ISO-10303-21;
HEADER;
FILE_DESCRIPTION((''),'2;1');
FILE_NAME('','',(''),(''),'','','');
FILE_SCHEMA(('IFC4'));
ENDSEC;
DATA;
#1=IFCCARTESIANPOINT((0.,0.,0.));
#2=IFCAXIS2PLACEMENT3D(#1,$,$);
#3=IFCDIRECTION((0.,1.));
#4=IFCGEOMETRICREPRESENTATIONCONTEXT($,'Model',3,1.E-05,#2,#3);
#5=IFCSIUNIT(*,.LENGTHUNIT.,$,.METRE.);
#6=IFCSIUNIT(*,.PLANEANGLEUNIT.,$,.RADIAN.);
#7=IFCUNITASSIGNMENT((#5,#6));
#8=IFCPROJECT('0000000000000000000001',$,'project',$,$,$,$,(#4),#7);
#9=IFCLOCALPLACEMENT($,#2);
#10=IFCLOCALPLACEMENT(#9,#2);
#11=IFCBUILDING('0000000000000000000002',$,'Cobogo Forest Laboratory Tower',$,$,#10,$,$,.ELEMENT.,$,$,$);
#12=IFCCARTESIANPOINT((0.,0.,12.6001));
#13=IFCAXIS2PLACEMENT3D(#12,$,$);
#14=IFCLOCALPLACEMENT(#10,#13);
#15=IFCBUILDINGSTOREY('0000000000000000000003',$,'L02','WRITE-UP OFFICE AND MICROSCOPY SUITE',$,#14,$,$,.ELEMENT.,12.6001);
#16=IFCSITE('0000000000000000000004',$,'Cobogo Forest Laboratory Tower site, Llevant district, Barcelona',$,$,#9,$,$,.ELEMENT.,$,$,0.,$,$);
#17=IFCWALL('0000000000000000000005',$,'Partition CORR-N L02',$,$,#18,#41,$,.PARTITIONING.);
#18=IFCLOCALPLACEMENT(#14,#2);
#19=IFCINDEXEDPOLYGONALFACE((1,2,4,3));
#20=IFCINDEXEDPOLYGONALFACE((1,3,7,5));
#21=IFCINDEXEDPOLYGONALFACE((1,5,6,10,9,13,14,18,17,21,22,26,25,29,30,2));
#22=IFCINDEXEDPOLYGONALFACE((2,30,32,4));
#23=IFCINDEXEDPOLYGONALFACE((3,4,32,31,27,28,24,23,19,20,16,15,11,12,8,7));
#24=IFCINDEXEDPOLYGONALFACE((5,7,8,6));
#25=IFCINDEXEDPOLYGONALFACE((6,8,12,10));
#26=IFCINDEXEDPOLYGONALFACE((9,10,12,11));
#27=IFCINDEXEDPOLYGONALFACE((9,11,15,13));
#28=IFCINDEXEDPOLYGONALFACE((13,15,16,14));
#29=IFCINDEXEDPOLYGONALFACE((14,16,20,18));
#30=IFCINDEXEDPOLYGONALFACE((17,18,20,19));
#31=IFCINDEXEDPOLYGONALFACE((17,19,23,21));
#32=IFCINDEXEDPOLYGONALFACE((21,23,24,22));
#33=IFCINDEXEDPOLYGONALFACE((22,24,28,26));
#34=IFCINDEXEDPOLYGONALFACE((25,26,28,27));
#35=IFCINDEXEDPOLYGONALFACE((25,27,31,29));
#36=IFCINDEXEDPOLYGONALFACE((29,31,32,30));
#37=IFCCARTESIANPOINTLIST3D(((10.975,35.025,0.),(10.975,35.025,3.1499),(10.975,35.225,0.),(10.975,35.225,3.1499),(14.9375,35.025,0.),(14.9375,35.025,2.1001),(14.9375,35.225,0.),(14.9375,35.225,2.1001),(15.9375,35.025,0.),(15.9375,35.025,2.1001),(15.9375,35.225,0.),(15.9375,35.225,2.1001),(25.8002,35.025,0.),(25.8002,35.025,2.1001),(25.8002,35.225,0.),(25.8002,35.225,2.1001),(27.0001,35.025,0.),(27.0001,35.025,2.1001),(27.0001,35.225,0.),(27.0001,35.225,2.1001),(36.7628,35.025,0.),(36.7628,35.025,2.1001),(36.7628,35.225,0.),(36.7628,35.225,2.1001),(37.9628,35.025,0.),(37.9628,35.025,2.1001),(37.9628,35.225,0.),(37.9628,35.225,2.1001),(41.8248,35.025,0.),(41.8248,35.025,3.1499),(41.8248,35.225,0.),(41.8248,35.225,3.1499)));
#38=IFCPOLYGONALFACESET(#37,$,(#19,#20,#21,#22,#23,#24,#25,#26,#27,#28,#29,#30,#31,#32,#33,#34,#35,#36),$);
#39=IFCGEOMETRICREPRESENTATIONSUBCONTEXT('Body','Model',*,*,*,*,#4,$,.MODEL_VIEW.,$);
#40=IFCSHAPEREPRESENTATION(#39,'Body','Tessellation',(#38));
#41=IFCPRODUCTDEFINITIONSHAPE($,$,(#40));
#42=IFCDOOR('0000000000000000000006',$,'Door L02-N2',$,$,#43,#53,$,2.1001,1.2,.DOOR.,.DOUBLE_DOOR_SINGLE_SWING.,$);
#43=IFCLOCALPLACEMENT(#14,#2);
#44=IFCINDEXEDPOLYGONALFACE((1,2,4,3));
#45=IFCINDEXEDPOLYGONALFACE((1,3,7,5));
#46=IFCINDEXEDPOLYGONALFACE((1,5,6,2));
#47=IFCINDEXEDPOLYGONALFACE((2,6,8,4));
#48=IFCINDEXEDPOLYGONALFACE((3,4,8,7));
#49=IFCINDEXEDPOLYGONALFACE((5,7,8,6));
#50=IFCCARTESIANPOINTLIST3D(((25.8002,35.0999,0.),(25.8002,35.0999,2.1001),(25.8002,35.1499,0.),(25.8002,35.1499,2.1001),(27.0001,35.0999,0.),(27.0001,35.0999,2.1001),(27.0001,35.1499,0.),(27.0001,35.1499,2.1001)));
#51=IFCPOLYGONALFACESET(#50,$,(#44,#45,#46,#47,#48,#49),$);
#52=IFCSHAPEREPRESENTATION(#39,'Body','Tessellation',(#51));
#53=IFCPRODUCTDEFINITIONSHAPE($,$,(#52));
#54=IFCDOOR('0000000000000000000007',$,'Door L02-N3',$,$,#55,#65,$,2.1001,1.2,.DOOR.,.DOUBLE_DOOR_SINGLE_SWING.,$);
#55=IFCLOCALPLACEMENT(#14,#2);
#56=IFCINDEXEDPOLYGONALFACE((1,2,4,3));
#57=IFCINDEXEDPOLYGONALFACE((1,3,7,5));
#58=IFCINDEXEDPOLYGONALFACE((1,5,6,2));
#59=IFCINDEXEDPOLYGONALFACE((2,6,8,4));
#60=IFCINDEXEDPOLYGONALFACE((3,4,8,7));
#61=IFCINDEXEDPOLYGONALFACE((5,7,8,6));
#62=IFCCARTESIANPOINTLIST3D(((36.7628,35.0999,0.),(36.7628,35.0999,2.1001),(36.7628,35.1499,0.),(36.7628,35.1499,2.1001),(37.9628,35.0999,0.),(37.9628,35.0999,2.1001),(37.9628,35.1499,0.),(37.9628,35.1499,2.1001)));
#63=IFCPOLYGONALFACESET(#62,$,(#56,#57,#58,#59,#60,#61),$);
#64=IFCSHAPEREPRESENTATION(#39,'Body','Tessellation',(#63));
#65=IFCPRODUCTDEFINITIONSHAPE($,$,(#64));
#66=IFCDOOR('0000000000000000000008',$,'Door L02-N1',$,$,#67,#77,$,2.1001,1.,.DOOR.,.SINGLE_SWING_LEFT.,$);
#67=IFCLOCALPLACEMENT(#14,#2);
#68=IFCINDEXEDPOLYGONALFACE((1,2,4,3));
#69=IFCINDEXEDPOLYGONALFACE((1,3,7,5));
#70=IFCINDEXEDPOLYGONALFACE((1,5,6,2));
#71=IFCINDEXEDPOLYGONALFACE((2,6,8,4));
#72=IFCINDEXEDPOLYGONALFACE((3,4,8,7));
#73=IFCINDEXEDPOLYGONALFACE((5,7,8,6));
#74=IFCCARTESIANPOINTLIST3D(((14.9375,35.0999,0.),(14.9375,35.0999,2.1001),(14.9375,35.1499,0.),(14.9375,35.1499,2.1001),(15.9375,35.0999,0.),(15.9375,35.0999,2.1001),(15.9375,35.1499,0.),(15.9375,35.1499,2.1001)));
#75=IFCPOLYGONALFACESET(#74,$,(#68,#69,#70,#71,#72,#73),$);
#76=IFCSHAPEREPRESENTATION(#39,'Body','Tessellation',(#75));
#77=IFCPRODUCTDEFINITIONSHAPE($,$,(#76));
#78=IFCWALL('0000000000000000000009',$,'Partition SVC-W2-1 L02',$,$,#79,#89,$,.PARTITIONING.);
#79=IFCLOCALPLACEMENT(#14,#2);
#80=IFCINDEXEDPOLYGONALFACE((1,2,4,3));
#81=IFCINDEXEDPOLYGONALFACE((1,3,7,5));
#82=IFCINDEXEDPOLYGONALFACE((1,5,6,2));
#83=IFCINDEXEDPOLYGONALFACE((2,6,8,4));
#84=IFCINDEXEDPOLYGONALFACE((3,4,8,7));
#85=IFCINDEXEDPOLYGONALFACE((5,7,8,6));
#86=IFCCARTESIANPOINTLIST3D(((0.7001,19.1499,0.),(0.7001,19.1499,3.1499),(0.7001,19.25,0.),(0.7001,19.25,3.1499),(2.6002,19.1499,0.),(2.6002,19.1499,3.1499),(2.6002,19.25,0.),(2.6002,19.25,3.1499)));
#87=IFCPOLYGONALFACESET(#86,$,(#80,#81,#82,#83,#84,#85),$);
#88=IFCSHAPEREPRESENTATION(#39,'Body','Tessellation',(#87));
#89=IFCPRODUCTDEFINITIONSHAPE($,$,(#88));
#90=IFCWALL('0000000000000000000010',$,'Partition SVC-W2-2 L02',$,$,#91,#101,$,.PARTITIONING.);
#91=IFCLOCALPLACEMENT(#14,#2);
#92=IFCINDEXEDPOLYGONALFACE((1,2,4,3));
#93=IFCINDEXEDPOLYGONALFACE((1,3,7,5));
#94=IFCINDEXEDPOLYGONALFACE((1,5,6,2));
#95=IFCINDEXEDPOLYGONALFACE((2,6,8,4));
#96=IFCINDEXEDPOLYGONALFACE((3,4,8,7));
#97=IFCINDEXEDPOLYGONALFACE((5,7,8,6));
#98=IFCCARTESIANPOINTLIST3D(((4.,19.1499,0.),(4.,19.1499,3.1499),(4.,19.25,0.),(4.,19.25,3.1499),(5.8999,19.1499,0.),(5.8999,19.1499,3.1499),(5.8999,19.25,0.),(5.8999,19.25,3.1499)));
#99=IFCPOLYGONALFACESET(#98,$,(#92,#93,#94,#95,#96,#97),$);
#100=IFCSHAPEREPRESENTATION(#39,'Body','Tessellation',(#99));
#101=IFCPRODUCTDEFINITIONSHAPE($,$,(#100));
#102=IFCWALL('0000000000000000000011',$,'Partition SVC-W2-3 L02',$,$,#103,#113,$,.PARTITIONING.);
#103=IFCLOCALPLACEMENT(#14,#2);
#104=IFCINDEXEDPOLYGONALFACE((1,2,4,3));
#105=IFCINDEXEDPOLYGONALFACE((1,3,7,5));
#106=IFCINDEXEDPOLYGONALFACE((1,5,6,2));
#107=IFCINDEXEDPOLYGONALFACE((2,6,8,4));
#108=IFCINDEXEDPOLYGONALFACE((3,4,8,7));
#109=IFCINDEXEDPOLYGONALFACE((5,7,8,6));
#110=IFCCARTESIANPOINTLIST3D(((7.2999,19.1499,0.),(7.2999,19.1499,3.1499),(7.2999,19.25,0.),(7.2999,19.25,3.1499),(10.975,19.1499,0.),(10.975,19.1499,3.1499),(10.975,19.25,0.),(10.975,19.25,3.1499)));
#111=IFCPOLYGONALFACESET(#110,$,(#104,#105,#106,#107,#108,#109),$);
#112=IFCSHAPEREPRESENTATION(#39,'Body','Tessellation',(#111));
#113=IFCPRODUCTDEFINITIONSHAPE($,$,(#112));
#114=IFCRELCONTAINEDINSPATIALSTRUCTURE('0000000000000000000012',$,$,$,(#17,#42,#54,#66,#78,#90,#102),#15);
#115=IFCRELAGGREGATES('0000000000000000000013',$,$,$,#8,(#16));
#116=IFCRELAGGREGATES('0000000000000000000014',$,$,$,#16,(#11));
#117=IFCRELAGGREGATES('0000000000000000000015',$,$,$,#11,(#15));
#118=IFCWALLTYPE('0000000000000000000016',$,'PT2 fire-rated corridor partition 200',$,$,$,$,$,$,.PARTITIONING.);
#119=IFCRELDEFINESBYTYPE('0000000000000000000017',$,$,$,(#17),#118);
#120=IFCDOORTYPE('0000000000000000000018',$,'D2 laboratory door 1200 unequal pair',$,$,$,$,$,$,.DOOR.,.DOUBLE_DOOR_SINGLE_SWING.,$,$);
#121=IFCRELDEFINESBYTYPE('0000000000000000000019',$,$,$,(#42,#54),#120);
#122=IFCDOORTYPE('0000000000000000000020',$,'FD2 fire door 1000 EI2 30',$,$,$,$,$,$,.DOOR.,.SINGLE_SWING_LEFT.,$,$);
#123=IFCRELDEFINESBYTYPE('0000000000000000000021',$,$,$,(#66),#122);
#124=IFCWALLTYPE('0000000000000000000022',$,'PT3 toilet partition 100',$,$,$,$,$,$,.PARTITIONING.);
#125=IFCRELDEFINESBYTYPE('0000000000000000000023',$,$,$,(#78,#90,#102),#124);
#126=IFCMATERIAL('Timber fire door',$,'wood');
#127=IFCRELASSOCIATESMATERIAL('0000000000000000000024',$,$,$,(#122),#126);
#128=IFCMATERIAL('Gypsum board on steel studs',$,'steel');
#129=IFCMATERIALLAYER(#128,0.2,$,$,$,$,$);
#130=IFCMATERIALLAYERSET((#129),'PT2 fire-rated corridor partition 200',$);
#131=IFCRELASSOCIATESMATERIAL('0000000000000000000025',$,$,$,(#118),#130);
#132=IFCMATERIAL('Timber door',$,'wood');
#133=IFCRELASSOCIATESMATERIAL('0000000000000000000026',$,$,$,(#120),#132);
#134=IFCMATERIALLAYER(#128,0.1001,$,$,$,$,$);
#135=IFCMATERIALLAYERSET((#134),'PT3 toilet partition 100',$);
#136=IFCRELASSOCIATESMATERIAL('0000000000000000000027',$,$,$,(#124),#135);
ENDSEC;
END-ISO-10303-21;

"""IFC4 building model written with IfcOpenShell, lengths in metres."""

from ifc_helpers import new_model, si_unit, direction, frame, frame_2d, origin, place, context, subcontext, project, spatial, rectangle, extrude, material, layer, layer_set, type_object, element, fill, save


model = new_model("IFC4")

# Units and contexts
model_context = context("Model", 3, precision=1e-05, world=origin(), true_north=direction((0.0, 1.0)))
body_context = subcontext(model_context, "Body", "Model", "MODEL_VIEW")
ifc_project = project(units=[si_unit("LENGTHUNIT", "METRE"), si_unit("PLANEANGLEUNIT", "RADIAN")], contexts=[model_context])

# Site, building, storey
site_placement = place(None, origin())
site = spatial("IfcSite", under=ifc_project, at=site_placement, Name="Cobogo Forest Laboratory Tower site, Llevant district, Barcelona", CompositionType="ELEMENT", RefElevation=0.0)
building_placement = place(site_placement, origin())
building = spatial("IfcBuilding", under=site, at=building_placement, Name="Cobogo Forest Laboratory Tower", CompositionType="ELEMENT")
storey_placement = place(building_placement, frame((0.0, 0.0, 12.6001)))
storey = spatial("IfcBuildingStorey", under=building, at=storey_placement, Name="L02", Description="WRITE-UP OFFICE AND MICROSCOPY SUITE", CompositionType="ELEMENT", Elevation=12.6001)

# Shared definitions
ifc_material_1 = material(Name="Gypsum board on steel studs", Category="steel")

# Shared definitions
ifc_material_2 = material(Name="Timber fire door", Category="wood")
door_type_1 = type_object("IfcDoorType", Name="FD2 fire door 1000 EI2 30", OperationType="SINGLE_SWING_LEFT", PredefinedType="DOOR", material=ifc_material_2)

# Wall, openings, doors
ifc_layer_1 = layer(ifc_material_1, 0.2)
ifc_layer_set_1 = layer_set([ifc_layer_1], Name="PT2 fire-rated corridor partition 200")
wall_type_1 = type_object("IfcWallType", Name="PT2 fire-rated corridor partition 200", PredefinedType="PARTITIONING", material=ifc_layer_set_1)
wall_1_placement = place(storey_placement, frame((10.9751, 35.125, 0.0), z_axis=(0.0, 0.0, 1.0), x_axis=(1.0, 0.0, 0.0)))
wall_1 = element("IfcWall", 1, at=wall_1_placement, inside=storey, type_object=wall_type_1, Name="Partition CORR-N L02", PredefinedType="PARTITIONING", context=body_context, shape_type="SweptSolid", body=[
    extrude(rectangle(XDim=30.8499, YDim=0.2, at=frame_2d((15.4248, 0.0))), origin(), (0.0, 0.0, 1.0), 3.1499),
])
opening_1_placement = place(wall_1_placement, frame((3.9624, 0.0, 0.0)))
opening_1 = element("IfcOpeningElement", 2, at=opening_1_placement, cuts=wall_1, PredefinedType="OPENING", context=body_context, shape_type="SweptSolid", body=[
    extrude(rectangle(XDim=1.0, YDim=2.1001, at=frame_2d((0.5, 1.05))), frame((0.0, 0.1099, 0.0), z_axis=(0.0, -1.0, 0.0), x_axis=(1.0, 0.0, 0.0)), (0.0, 0.0, 1.0), 0.22),
])
opening_2_placement = place(wall_1_placement, frame((14.825, 0.0, 0.0)))
opening_2 = element("IfcOpeningElement", 3, at=opening_2_placement, cuts=wall_1, PredefinedType="OPENING", context=body_context, shape_type="SweptSolid", body=[
    extrude(rectangle(XDim=1.2, YDim=2.1001, at=frame_2d((0.6001, 1.05))), frame((0.0, 0.1099, 0.0), z_axis=(0.0, -1.0, 0.0), x_axis=(1.0, 0.0, 0.0)), (0.0, 0.0, 1.0), 0.22),
])
opening_3_placement = place(wall_1_placement, frame((25.7876, 0.0, 0.0)))
opening_3 = element("IfcOpeningElement", 4, at=opening_3_placement, cuts=wall_1, PredefinedType="OPENING", context=body_context, shape_type="SweptSolid", body=[
    extrude(rectangle(XDim=1.2, YDim=2.1001, at=frame_2d((0.6001, 1.05))), frame((0.0, 0.1099, 0.0), z_axis=(0.0, -1.0, 0.0), x_axis=(1.0, 0.0, 0.0)), (0.0, 0.0, 1.0), 0.22),
])
ifc_material_3 = material(Name="Timber door", Category="wood")
door_type_2 = type_object("IfcDoorType", Name="D2 laboratory door 1200 unequal pair", OperationType="DOUBLE_DOOR_SINGLE_SWING", PredefinedType="DOOR", material=ifc_material_3)
door_1_placement = place(opening_2_placement, origin())
door_1 = element("IfcDoor", 5, at=door_1_placement, inside=storey, type_object=door_type_2, Name="Door L02-N2", OperationType="DOUBLE_DOOR_SINGLE_SWING", OverallHeight=2.1001, OverallWidth=1.2, PredefinedType="DOOR", context=body_context, shape_type="SweptSolid", body=[
    extrude(rectangle(XDim=1.2, YDim=2.1001, at=frame_2d((0.6001, 1.05))), frame((0.0, 0.0249, 0.0), z_axis=(0.0, -1.0, 0.0), x_axis=(1.0, 0.0, 0.0)), (0.0, 0.0, 1.0), 0.05),
])
fill(opening_2, door_1)
door_2_placement = place(opening_3_placement, origin())
door_2 = element("IfcDoor", 6, at=door_2_placement, inside=storey, type_object=door_type_2, Name="Door L02-N3", OperationType="DOUBLE_DOOR_SINGLE_SWING", OverallHeight=2.1001, OverallWidth=1.2, PredefinedType="DOOR", context=body_context, shape_type="SweptSolid", body=[
    extrude(rectangle(XDim=1.2, YDim=2.1001, at=frame_2d((0.6001, 1.05))), frame((0.0, 0.0249, 0.0), z_axis=(0.0, -1.0, 0.0), x_axis=(1.0, 0.0, 0.0)), (0.0, 0.0, 1.0), 0.05),
])
fill(opening_3, door_2)
door_3_placement = place(opening_1_placement, origin())
door_3 = element("IfcDoor", 7, at=door_3_placement, inside=storey, type_object=door_type_1, Name="Door L02-N1", OperationType="SINGLE_SWING_LEFT", OverallHeight=2.1001, OverallWidth=1.0, PredefinedType="DOOR", context=body_context, shape_type="SweptSolid", body=[
    extrude(rectangle(XDim=1.0, YDim=2.1001, at=frame_2d((0.5, 1.05))), frame((0.0, 0.0249, 0.0), z_axis=(0.0, -1.0, 0.0), x_axis=(1.0, 0.0, 0.0)), (0.0, 0.0, 1.0), 0.05),
])
fill(opening_1, door_3)

# Walls
ifc_layer_2 = layer(ifc_material_1, 0.1001)
ifc_layer_set_2 = layer_set([ifc_layer_2], Name="PT3 toilet partition 100")
wall_type_2 = type_object("IfcWallType", Name="PT3 toilet partition 100", PredefinedType="PARTITIONING", material=ifc_layer_set_2)
wall_2_placement = place(storey_placement, frame((0.7, 19.2, 0.0), z_axis=(0.0, 0.0, 1.0), x_axis=(1.0, 0.0, 0.0)))
element("IfcWall", 8, at=wall_2_placement, inside=storey, type_object=wall_type_2, Name="Partition SVC-W2-1 L02", PredefinedType="PARTITIONING", context=body_context, shape_type="SweptSolid", body=[
    extrude(rectangle(XDim=1.9001, YDim=0.1001, at=frame_2d((0.9502, 0.0))), origin(), (0.0, 0.0, 1.0), 3.1499),
])
wall_3_placement = place(storey_placement, frame((4.0, 19.2, 0.0), z_axis=(0.0, 0.0, 1.0), x_axis=(1.0, 0.0, 0.0)))
element("IfcWall", 9, at=wall_3_placement, inside=storey, type_object=wall_type_2, Name="Partition SVC-W2-2 L02", PredefinedType="PARTITIONING", context=body_context, shape_type="SweptSolid", body=[
    extrude(rectangle(XDim=1.8999, YDim=0.1001, at=frame_2d((0.95, 0.0))), origin(), (0.0, 0.0, 1.0), 3.1499),
])
wall_4_placement = place(storey_placement, frame((7.3, 19.2, 0.0), z_axis=(0.0, 0.0, 1.0), x_axis=(1.0, 0.0, 0.0)))
element("IfcWall", 10, at=wall_4_placement, inside=storey, type_object=wall_type_2, Name="Partition SVC-W2-3 L02", PredefinedType="PARTITIONING", context=body_context, shape_type="SweptSolid", body=[
    extrude(rectangle(XDim=3.675, YDim=0.1001, at=frame_2d((1.8374, 0.0))), origin(), (0.0, 0.0, 1.0), 3.1499),
])

save(model, "model.ifc")
